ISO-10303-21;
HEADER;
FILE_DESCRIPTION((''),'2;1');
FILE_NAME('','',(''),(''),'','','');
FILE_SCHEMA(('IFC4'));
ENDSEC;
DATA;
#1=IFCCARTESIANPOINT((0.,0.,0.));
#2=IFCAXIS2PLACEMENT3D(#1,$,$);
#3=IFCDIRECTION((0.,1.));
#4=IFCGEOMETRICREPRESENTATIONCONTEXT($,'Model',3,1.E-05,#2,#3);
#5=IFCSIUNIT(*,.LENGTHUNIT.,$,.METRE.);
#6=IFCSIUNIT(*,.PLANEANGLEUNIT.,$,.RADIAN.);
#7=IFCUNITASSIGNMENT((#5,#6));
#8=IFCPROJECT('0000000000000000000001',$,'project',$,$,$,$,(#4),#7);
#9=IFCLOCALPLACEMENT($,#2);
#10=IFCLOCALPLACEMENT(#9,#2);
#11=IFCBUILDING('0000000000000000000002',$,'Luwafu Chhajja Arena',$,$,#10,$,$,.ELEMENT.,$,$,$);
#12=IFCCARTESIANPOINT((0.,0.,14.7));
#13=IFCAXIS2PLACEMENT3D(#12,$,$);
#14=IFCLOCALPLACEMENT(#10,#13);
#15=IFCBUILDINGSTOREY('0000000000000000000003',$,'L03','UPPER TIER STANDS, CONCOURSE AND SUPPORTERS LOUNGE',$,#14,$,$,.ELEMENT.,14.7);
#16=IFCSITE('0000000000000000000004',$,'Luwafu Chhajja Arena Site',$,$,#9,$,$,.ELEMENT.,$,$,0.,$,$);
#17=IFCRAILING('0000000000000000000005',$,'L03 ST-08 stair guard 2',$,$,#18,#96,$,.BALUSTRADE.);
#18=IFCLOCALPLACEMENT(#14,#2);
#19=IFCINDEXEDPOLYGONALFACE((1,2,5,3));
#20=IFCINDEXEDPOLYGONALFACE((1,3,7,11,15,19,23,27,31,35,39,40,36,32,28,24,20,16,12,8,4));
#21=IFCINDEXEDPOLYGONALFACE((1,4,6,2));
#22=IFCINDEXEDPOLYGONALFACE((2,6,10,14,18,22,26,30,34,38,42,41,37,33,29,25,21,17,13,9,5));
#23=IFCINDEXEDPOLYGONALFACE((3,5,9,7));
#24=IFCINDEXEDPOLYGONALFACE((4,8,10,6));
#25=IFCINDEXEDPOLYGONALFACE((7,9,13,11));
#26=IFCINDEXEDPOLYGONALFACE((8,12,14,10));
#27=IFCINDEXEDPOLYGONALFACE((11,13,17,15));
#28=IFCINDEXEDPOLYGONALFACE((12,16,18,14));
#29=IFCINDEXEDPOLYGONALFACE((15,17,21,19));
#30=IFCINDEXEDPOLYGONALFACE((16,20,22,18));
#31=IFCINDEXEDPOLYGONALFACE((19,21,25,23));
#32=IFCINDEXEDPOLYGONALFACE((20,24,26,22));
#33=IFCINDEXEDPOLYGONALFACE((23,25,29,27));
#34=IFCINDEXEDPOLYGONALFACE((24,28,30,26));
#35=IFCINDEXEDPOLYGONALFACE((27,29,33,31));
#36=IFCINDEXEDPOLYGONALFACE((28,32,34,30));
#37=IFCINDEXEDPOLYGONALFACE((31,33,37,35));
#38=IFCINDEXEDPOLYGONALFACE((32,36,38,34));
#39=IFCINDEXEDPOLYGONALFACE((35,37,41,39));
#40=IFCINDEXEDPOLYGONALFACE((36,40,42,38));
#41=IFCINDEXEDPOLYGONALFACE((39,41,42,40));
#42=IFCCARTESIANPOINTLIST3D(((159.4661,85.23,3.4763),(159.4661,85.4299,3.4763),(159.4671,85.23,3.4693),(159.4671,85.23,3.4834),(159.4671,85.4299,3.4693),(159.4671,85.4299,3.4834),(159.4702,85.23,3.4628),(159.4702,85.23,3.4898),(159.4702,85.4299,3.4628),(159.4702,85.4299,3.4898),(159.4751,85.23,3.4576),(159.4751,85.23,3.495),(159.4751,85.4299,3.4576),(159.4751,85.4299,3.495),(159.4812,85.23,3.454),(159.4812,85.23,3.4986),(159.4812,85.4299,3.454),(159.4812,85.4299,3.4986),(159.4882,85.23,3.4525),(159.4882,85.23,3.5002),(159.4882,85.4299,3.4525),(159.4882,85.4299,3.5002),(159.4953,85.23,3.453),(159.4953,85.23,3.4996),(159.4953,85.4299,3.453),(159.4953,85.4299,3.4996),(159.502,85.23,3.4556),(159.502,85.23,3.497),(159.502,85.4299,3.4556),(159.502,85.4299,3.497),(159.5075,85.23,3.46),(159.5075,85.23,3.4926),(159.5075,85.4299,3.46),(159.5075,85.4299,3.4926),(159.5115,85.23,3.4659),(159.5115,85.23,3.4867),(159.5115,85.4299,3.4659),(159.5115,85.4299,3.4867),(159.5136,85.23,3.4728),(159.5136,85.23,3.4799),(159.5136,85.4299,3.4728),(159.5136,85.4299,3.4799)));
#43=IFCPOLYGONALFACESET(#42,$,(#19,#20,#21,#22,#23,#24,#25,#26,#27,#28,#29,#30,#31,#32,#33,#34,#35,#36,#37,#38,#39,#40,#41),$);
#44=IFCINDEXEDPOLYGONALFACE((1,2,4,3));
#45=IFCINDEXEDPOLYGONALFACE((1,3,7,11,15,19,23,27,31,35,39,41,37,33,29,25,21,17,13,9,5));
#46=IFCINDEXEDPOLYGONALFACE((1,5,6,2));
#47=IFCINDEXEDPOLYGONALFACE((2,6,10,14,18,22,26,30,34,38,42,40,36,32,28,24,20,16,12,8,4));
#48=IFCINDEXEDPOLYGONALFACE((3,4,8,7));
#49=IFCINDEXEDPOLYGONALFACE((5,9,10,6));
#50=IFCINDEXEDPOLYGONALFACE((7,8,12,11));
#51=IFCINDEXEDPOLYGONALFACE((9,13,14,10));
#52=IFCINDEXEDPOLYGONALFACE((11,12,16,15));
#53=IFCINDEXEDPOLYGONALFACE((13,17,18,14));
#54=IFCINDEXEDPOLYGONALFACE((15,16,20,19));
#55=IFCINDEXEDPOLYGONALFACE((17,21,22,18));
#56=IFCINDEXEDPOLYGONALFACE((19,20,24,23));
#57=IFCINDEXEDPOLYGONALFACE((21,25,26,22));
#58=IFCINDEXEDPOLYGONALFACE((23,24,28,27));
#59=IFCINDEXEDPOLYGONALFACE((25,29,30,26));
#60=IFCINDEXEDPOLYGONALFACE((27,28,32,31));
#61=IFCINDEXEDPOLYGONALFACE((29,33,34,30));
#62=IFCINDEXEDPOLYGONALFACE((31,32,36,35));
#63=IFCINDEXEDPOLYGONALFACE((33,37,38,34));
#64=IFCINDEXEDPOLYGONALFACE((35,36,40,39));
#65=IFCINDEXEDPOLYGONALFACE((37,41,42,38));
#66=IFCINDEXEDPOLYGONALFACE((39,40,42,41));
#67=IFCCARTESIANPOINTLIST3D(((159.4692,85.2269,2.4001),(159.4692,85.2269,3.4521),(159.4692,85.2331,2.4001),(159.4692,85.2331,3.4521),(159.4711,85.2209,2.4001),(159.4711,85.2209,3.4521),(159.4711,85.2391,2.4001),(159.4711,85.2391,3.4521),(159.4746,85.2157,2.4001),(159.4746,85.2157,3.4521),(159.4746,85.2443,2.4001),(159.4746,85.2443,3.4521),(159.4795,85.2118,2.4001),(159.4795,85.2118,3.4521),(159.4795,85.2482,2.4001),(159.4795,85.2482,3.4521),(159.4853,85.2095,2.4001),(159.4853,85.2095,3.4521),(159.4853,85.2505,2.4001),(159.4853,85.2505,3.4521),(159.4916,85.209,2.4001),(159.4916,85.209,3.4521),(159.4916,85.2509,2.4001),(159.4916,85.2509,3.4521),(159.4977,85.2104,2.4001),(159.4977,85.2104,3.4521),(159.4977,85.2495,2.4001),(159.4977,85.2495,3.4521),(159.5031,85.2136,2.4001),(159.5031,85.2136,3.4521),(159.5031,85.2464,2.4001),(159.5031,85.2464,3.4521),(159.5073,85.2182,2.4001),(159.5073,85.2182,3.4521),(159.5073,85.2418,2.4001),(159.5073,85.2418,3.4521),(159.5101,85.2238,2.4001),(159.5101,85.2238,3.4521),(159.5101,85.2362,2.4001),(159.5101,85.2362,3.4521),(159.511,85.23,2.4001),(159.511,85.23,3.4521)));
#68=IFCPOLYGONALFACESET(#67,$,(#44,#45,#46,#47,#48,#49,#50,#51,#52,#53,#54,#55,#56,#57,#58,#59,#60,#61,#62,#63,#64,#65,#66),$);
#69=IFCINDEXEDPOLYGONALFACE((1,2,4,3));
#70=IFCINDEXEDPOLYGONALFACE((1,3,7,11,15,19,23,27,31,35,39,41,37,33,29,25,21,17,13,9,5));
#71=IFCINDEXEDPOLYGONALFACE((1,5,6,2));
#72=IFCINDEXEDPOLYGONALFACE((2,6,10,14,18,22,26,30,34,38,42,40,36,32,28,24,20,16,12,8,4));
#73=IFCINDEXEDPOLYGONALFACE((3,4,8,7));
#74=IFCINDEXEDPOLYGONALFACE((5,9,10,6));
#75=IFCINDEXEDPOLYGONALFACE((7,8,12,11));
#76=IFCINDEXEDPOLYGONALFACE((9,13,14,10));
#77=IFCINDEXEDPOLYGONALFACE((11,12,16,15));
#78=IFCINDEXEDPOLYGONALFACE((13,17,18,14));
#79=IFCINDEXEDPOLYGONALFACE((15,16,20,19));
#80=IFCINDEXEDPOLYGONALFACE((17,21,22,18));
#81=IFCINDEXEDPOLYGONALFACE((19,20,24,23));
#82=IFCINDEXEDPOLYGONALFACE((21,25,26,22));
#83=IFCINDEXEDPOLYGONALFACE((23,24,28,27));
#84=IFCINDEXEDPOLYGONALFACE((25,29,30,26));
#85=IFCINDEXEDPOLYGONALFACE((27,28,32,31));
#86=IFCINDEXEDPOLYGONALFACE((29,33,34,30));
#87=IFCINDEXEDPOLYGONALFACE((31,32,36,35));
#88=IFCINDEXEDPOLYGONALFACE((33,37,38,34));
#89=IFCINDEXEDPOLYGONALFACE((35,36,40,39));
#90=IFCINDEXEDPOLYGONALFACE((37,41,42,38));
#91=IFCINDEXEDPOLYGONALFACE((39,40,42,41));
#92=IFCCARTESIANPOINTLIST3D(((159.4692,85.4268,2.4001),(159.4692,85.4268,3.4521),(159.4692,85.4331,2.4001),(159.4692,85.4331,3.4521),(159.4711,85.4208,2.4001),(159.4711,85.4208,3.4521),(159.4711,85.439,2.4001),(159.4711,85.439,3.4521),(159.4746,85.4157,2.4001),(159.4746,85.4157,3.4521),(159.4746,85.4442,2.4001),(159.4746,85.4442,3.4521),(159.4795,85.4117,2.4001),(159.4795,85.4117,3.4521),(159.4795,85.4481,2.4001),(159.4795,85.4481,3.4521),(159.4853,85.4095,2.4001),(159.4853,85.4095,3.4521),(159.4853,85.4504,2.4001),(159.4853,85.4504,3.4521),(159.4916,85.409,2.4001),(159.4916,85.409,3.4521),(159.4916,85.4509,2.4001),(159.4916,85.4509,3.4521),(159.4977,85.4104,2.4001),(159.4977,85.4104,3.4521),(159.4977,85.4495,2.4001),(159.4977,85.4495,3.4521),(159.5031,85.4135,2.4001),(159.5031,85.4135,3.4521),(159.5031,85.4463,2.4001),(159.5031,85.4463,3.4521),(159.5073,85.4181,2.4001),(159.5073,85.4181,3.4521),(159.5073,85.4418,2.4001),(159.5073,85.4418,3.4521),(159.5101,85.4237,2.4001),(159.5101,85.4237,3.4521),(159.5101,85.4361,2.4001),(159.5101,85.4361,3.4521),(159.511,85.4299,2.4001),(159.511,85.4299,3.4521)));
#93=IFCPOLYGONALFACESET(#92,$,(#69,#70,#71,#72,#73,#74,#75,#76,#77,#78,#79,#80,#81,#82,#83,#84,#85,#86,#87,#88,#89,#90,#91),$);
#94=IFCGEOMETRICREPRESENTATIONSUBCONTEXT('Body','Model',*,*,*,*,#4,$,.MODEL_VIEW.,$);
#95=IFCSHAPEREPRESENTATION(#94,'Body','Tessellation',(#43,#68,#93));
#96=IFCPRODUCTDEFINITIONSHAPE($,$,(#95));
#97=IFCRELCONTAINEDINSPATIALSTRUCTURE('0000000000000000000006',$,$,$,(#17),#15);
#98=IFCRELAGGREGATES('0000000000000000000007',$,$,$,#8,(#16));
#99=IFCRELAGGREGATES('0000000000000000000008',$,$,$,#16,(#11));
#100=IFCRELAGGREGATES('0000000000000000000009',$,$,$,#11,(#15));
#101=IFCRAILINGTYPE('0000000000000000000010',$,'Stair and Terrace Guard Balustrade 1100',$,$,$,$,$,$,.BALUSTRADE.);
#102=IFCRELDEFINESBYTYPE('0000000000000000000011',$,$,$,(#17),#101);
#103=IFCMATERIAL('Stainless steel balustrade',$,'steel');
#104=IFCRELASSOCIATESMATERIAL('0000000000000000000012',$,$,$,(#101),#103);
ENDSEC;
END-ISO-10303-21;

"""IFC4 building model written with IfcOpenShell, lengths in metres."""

from ifc_helpers import new_model, si_unit, direction, frame, origin, origin_2d, place, context, subcontext, project, spatial, circle, extrude, material, type_object, element, save


model = new_model("IFC4")

# Units and contexts
model_context = context("Model", 3, precision=1e-05, world=origin(), true_north=direction((0.0, 1.0)))
body_context = subcontext(model_context, "Body", "Model", "MODEL_VIEW")
ifc_project = project(units=[si_unit("LENGTHUNIT", "METRE"), si_unit("PLANEANGLEUNIT", "RADIAN")], contexts=[model_context])

# Site, building, storey
site_placement = place(None, origin())
site = spatial("IfcSite", under=ifc_project, at=site_placement, Name="Luwafu Chhajja Arena Site", CompositionType="ELEMENT", RefElevation=0.0)
building_placement = place(site_placement, origin())
building = spatial("IfcBuilding", under=site, at=building_placement, Name="Luwafu Chhajja Arena", CompositionType="ELEMENT")
storey_placement = place(building_placement, frame((0.0, 0.0, 14.7)))
storey = spatial("IfcBuildingStorey", under=building, at=storey_placement, Name="L03", Description="UPPER TIER STANDS, CONCOURSE AND SUPPORTERS LOUNGE", CompositionType="ELEMENT", Elevation=14.7)

# Railing
ifc_material_1 = material(Name="Stainless steel balustrade", Category="steel")
railing_type_1 = type_object("IfcRailingType", Name="Stair and Terrace Guard Balustrade 1100", PredefinedType="BALUSTRADE", material=ifc_material_1)
railing_1_placement = place(storey_placement, frame((159.49, 85.23, 2.4001)))
element("IfcRailing", 1, at=railing_1_placement, inside=storey, type_object=railing_type_1, Name="L03 ST-08 stair guard 2", PredefinedType="BALUSTRADE", context=body_context, shape_type="SweptSolid", body=[
    extrude(circle(Radius=0.0239, at=origin_2d()), frame((0.0, 0.0, 1.0762), z_axis=(0.0, 1.0, 0.0), x_axis=(-1.0, 0.0, 0.0)), (0.0, 0.0, 1.0), 0.2),
    extrude(circle(Radius=0.021, at=origin_2d()), origin(), (0.0, 0.0, 1.0), 1.052),
    extrude(circle(Radius=0.021, at=origin_2d()), frame((0.0, 0.2, 0.0)), (0.0, 0.0, 1.0), 1.052),
])

save(model, "model.ifc")
